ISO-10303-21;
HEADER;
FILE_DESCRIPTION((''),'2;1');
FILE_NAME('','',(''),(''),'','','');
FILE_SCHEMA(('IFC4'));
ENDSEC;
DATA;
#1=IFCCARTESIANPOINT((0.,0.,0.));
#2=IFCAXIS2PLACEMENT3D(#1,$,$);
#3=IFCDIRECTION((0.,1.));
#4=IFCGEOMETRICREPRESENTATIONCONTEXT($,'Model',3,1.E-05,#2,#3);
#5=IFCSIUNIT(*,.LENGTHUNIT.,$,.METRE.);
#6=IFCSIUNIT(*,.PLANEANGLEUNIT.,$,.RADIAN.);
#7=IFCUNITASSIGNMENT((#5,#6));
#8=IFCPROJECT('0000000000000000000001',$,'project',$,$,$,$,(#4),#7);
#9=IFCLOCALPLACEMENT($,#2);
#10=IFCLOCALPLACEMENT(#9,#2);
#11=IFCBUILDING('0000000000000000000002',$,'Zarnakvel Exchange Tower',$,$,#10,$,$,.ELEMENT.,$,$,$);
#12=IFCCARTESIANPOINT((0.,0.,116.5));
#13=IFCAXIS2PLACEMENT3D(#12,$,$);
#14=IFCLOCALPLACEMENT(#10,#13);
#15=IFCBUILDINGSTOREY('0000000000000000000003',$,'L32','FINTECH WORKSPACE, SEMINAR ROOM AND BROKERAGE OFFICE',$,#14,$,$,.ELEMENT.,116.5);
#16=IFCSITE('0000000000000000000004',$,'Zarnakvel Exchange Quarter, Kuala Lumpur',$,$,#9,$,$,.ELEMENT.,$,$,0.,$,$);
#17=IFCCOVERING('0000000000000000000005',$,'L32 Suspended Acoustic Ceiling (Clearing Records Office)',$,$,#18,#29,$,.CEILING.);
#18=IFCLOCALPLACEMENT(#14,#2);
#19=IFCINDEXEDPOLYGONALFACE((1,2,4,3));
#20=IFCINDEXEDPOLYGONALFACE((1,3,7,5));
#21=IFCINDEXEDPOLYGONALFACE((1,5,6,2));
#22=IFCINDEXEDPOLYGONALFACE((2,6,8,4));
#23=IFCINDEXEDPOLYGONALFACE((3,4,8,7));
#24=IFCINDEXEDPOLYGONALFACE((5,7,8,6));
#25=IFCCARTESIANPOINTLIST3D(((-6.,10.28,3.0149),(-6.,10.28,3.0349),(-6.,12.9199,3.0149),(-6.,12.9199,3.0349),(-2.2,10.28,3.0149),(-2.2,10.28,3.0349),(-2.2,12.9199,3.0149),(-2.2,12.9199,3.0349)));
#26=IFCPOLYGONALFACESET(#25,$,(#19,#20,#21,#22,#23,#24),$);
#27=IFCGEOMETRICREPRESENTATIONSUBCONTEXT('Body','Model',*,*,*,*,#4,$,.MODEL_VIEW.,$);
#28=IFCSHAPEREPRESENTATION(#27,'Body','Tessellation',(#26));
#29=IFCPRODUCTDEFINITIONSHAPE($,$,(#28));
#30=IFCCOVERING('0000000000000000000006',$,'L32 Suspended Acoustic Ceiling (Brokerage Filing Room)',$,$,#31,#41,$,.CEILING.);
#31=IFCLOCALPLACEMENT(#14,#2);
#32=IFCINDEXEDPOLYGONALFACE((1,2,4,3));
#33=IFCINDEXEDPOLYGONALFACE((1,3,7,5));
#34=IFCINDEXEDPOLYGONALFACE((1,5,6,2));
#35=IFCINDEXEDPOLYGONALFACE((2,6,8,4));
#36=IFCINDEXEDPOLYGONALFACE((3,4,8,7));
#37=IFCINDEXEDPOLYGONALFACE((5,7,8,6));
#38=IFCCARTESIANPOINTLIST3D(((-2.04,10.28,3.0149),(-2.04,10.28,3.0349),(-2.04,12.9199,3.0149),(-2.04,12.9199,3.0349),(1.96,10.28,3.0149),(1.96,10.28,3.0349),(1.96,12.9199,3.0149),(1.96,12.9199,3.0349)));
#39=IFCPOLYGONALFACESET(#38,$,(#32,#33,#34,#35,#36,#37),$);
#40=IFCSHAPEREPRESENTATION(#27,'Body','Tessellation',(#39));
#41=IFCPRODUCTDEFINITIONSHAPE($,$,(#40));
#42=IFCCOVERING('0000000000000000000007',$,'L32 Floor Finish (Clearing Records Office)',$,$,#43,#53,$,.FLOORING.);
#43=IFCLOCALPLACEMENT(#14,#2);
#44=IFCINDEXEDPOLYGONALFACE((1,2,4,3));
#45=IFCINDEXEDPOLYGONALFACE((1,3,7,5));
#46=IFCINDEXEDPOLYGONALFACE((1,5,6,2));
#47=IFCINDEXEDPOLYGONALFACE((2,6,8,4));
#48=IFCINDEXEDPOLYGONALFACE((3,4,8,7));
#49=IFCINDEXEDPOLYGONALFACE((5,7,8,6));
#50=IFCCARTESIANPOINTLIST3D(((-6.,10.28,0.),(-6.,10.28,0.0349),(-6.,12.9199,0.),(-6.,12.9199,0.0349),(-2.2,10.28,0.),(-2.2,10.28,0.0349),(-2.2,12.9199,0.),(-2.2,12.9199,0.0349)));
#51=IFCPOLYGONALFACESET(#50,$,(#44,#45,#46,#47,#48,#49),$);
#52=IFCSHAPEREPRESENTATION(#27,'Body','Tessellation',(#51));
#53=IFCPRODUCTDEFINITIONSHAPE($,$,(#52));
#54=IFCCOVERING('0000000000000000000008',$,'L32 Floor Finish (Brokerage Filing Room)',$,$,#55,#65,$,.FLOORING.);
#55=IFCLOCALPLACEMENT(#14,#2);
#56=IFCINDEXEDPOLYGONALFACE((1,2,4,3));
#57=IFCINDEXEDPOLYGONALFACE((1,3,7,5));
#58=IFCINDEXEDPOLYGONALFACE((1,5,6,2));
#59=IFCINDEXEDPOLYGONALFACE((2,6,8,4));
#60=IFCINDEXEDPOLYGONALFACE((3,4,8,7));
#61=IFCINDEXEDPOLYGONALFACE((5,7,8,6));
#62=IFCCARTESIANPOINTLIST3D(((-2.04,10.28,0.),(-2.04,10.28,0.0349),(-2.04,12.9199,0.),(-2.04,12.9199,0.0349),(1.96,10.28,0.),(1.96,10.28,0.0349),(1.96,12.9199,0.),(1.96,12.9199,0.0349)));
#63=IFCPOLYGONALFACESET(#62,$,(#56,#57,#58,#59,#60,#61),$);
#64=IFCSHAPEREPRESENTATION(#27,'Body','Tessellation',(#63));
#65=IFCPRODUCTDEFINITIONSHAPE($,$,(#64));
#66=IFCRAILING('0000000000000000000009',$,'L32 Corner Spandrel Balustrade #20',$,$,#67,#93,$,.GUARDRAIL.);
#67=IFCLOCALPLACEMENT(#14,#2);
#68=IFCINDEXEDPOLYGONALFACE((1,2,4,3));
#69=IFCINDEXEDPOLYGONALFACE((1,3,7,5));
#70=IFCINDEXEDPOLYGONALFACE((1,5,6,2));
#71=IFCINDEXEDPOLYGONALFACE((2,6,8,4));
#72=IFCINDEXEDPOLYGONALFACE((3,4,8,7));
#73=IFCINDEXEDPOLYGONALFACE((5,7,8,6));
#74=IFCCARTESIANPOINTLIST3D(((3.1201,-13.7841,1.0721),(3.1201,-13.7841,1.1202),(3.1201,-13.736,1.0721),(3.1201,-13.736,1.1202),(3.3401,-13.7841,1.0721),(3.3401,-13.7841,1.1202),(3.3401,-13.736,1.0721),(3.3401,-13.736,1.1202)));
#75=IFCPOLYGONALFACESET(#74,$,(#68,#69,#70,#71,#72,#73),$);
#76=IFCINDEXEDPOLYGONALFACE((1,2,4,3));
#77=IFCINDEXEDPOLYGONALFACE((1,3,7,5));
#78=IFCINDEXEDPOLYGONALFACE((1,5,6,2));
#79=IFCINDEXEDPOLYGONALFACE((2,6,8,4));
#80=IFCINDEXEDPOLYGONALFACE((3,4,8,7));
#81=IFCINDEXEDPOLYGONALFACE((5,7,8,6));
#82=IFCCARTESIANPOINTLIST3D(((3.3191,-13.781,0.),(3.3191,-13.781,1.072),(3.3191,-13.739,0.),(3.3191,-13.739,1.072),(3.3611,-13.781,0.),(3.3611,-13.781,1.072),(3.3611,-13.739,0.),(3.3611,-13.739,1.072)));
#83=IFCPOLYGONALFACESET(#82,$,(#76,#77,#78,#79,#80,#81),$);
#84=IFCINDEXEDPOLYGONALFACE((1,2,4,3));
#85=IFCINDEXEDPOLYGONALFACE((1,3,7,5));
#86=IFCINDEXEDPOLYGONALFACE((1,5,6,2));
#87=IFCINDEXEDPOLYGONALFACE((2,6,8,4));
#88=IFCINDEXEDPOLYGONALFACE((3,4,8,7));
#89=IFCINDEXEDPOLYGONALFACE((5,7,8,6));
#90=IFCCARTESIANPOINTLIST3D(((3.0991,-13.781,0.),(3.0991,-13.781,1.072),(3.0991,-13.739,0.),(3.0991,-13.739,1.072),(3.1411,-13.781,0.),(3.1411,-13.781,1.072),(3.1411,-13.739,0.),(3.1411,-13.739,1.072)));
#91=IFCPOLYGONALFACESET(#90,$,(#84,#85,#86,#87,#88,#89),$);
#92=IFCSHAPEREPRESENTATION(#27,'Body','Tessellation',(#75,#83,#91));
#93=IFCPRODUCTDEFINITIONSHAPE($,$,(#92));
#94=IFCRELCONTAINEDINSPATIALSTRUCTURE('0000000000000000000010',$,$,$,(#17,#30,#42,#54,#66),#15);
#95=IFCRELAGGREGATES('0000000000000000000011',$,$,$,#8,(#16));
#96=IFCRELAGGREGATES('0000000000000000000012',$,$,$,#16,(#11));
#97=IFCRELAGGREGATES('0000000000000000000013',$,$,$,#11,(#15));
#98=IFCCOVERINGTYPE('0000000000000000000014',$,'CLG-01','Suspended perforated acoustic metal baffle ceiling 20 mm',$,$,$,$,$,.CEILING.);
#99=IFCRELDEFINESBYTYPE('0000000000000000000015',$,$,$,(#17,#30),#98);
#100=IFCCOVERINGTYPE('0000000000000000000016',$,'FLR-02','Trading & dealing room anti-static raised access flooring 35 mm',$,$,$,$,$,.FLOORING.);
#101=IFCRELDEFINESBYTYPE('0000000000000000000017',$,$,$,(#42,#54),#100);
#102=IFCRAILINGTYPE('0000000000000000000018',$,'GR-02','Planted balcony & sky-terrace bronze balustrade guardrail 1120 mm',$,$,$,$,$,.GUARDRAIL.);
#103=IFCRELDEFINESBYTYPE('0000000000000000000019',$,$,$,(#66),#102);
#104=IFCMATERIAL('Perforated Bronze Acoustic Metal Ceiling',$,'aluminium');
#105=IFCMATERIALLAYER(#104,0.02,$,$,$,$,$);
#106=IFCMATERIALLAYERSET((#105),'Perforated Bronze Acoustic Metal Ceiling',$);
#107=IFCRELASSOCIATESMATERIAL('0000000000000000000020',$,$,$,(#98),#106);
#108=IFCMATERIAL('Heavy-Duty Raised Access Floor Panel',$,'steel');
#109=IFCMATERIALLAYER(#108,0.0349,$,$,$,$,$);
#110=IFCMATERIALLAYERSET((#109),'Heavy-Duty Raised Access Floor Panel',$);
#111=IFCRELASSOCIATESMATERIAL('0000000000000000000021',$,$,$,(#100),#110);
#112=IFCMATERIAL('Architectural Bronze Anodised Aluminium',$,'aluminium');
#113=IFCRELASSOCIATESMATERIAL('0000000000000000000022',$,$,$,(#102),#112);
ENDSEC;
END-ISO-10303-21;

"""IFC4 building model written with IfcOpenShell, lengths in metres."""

from ifc_helpers import new_model, si_unit, direction, frame, origin, origin_2d, place, context, subcontext, project, spatial, polyline, rectangle, outline, extrude, material, layer, layer_set, type_object, element, save


model = new_model("IFC4")

# Units and contexts
model_context = context("Model", 3, precision=1e-05, world=origin(), true_north=direction((0.0, 1.0)))
body_context = subcontext(model_context, "Body", "Model", "MODEL_VIEW")
ifc_project = project(units=[si_unit("LENGTHUNIT", "METRE"), si_unit("PLANEANGLEUNIT", "RADIAN")], contexts=[model_context])

# Site, building, storey
site_placement = place(None, origin())
site = spatial("IfcSite", under=ifc_project, at=site_placement, Name="Zarnakvel Exchange Quarter, Kuala Lumpur", CompositionType="ELEMENT", RefElevation=0.0)
building_placement = place(site_placement, origin())
building = spatial("IfcBuilding", under=site, at=building_placement, Name="Zarnakvel Exchange Tower", CompositionType="ELEMENT")
storey_placement = place(building_placement, frame((0.0, 0.0, 116.5)))
storey = spatial("IfcBuildingStorey", under=building, at=storey_placement, Name="L32", Description="FINTECH WORKSPACE, SEMINAR ROOM AND BROKERAGE OFFICE", CompositionType="ELEMENT", Elevation=116.5)

# Coverings
ifc_material_1 = material(Name="Perforated Bronze Acoustic Metal Ceiling", Category="aluminium")
ifc_layer_1 = layer(ifc_material_1, 0.02)
ifc_layer_set_1 = layer_set([ifc_layer_1], Name="Perforated Bronze Acoustic Metal Ceiling")
covering_type_1 = type_object("IfcCoveringType", Name="CLG-01", Description="Suspended perforated acoustic metal baffle ceiling 20 mm", PredefinedType="CEILING", material=ifc_layer_set_1)
covering_1_placement = place(storey_placement, frame((0.0, 0.0, 3.0149)))
element("IfcCovering", 1, at=covering_1_placement, inside=storey, type_object=covering_type_1, Name="L32 Suspended Acoustic Ceiling (Clearing Records Office)", PredefinedType="CEILING", context=body_context, shape_type="SweptSolid", body=[
    extrude(outline(polyline([(-6.0, 12.9199), (-2.2, 12.9199), (-2.2, 10.28), (-6.0, 10.28), (-6.0, 12.9199)])), origin(), (0.0, 0.0, 1.0), 0.02),
])
covering_2_placement = place(storey_placement, frame((0.0, 0.0, 3.0149)))
element("IfcCovering", 2, at=covering_2_placement, inside=storey, type_object=covering_type_1, Name="L32 Suspended Acoustic Ceiling (Brokerage Filing Room)", PredefinedType="CEILING", context=body_context, shape_type="SweptSolid", body=[
    extrude(outline(polyline([(-2.04, 12.9199), (1.96, 12.9199), (1.96, 10.28), (-2.04, 10.28), (-2.04, 12.9199)])), origin(), (0.0, 0.0, 1.0), 0.02),
])
ifc_material_2 = material(Name="Heavy-Duty Raised Access Floor Panel", Category="steel")
ifc_layer_2 = layer(ifc_material_2, 0.0349)
ifc_layer_set_2 = layer_set([ifc_layer_2], Name="Heavy-Duty Raised Access Floor Panel")
covering_type_2 = type_object("IfcCoveringType", Name="FLR-02", Description="Trading & dealing room anti-static raised access flooring 35 mm", PredefinedType="FLOORING", material=ifc_layer_set_2)
covering_3_placement = place(storey_placement, origin())
element("IfcCovering", 3, at=covering_3_placement, inside=storey, type_object=covering_type_2, Name="L32 Floor Finish (Clearing Records Office)", PredefinedType="FLOORING", context=body_context, shape_type="SweptSolid", body=[
    extrude(outline(polyline([(-6.0, 12.9199), (-2.2, 12.9199), (-2.2, 10.28), (-6.0, 10.28), (-6.0, 12.9199)])), origin(), (0.0, 0.0, 1.0), 0.0349),
])
covering_4_placement = place(storey_placement, origin())
element("IfcCovering", 4, at=covering_4_placement, inside=storey, type_object=covering_type_2, Name="L32 Floor Finish (Brokerage Filing Room)", PredefinedType="FLOORING", context=body_context, shape_type="SweptSolid", body=[
    extrude(outline(polyline([(-2.04, 12.9199), (1.96, 12.9199), (1.96, 10.28), (-2.04, 10.28), (-2.04, 12.9199)])), origin(), (0.0, 0.0, 1.0), 0.0349),
])

# Railing
ifc_material_3 = material(Name="Architectural Bronze Anodised Aluminium", Category="aluminium")
railing_type = type_object("IfcRailingType", Name="GR-02", Description="Planted balcony & sky-terrace bronze balustrade guardrail 1120 mm", PredefinedType="GUARDRAIL", material=ifc_material_3)
railing_placement = place(storey_placement, frame((3.3401, -13.76, 0.0)))
element("IfcRailing", 5, at=railing_placement, inside=storey, type_object=railing_type, Name="L32 Corner Spandrel Balustrade #20", PredefinedType="GUARDRAIL", context=body_context, shape_type="SweptSolid", body=[
    extrude(rectangle(XDim=0.0481, YDim=0.0481, at=origin_2d()), frame((0.0, 0.0, 1.0962), z_axis=(-1.0, 0.0, 0.0), x_axis=(0.0, -1.0, 0.0)), (0.0, 0.0, 1.0), 0.22),
    extrude(rectangle(XDim=0.042, YDim=0.042, at=origin_2d()), origin(), (0.0, 0.0, 1.0), 1.072),
    extrude(rectangle(XDim=0.042, YDim=0.042, at=origin_2d()), frame((-0.22, 0.0, 0.0)), (0.0, 0.0, 1.0), 1.072),
])

save(model, "model.ifc")
